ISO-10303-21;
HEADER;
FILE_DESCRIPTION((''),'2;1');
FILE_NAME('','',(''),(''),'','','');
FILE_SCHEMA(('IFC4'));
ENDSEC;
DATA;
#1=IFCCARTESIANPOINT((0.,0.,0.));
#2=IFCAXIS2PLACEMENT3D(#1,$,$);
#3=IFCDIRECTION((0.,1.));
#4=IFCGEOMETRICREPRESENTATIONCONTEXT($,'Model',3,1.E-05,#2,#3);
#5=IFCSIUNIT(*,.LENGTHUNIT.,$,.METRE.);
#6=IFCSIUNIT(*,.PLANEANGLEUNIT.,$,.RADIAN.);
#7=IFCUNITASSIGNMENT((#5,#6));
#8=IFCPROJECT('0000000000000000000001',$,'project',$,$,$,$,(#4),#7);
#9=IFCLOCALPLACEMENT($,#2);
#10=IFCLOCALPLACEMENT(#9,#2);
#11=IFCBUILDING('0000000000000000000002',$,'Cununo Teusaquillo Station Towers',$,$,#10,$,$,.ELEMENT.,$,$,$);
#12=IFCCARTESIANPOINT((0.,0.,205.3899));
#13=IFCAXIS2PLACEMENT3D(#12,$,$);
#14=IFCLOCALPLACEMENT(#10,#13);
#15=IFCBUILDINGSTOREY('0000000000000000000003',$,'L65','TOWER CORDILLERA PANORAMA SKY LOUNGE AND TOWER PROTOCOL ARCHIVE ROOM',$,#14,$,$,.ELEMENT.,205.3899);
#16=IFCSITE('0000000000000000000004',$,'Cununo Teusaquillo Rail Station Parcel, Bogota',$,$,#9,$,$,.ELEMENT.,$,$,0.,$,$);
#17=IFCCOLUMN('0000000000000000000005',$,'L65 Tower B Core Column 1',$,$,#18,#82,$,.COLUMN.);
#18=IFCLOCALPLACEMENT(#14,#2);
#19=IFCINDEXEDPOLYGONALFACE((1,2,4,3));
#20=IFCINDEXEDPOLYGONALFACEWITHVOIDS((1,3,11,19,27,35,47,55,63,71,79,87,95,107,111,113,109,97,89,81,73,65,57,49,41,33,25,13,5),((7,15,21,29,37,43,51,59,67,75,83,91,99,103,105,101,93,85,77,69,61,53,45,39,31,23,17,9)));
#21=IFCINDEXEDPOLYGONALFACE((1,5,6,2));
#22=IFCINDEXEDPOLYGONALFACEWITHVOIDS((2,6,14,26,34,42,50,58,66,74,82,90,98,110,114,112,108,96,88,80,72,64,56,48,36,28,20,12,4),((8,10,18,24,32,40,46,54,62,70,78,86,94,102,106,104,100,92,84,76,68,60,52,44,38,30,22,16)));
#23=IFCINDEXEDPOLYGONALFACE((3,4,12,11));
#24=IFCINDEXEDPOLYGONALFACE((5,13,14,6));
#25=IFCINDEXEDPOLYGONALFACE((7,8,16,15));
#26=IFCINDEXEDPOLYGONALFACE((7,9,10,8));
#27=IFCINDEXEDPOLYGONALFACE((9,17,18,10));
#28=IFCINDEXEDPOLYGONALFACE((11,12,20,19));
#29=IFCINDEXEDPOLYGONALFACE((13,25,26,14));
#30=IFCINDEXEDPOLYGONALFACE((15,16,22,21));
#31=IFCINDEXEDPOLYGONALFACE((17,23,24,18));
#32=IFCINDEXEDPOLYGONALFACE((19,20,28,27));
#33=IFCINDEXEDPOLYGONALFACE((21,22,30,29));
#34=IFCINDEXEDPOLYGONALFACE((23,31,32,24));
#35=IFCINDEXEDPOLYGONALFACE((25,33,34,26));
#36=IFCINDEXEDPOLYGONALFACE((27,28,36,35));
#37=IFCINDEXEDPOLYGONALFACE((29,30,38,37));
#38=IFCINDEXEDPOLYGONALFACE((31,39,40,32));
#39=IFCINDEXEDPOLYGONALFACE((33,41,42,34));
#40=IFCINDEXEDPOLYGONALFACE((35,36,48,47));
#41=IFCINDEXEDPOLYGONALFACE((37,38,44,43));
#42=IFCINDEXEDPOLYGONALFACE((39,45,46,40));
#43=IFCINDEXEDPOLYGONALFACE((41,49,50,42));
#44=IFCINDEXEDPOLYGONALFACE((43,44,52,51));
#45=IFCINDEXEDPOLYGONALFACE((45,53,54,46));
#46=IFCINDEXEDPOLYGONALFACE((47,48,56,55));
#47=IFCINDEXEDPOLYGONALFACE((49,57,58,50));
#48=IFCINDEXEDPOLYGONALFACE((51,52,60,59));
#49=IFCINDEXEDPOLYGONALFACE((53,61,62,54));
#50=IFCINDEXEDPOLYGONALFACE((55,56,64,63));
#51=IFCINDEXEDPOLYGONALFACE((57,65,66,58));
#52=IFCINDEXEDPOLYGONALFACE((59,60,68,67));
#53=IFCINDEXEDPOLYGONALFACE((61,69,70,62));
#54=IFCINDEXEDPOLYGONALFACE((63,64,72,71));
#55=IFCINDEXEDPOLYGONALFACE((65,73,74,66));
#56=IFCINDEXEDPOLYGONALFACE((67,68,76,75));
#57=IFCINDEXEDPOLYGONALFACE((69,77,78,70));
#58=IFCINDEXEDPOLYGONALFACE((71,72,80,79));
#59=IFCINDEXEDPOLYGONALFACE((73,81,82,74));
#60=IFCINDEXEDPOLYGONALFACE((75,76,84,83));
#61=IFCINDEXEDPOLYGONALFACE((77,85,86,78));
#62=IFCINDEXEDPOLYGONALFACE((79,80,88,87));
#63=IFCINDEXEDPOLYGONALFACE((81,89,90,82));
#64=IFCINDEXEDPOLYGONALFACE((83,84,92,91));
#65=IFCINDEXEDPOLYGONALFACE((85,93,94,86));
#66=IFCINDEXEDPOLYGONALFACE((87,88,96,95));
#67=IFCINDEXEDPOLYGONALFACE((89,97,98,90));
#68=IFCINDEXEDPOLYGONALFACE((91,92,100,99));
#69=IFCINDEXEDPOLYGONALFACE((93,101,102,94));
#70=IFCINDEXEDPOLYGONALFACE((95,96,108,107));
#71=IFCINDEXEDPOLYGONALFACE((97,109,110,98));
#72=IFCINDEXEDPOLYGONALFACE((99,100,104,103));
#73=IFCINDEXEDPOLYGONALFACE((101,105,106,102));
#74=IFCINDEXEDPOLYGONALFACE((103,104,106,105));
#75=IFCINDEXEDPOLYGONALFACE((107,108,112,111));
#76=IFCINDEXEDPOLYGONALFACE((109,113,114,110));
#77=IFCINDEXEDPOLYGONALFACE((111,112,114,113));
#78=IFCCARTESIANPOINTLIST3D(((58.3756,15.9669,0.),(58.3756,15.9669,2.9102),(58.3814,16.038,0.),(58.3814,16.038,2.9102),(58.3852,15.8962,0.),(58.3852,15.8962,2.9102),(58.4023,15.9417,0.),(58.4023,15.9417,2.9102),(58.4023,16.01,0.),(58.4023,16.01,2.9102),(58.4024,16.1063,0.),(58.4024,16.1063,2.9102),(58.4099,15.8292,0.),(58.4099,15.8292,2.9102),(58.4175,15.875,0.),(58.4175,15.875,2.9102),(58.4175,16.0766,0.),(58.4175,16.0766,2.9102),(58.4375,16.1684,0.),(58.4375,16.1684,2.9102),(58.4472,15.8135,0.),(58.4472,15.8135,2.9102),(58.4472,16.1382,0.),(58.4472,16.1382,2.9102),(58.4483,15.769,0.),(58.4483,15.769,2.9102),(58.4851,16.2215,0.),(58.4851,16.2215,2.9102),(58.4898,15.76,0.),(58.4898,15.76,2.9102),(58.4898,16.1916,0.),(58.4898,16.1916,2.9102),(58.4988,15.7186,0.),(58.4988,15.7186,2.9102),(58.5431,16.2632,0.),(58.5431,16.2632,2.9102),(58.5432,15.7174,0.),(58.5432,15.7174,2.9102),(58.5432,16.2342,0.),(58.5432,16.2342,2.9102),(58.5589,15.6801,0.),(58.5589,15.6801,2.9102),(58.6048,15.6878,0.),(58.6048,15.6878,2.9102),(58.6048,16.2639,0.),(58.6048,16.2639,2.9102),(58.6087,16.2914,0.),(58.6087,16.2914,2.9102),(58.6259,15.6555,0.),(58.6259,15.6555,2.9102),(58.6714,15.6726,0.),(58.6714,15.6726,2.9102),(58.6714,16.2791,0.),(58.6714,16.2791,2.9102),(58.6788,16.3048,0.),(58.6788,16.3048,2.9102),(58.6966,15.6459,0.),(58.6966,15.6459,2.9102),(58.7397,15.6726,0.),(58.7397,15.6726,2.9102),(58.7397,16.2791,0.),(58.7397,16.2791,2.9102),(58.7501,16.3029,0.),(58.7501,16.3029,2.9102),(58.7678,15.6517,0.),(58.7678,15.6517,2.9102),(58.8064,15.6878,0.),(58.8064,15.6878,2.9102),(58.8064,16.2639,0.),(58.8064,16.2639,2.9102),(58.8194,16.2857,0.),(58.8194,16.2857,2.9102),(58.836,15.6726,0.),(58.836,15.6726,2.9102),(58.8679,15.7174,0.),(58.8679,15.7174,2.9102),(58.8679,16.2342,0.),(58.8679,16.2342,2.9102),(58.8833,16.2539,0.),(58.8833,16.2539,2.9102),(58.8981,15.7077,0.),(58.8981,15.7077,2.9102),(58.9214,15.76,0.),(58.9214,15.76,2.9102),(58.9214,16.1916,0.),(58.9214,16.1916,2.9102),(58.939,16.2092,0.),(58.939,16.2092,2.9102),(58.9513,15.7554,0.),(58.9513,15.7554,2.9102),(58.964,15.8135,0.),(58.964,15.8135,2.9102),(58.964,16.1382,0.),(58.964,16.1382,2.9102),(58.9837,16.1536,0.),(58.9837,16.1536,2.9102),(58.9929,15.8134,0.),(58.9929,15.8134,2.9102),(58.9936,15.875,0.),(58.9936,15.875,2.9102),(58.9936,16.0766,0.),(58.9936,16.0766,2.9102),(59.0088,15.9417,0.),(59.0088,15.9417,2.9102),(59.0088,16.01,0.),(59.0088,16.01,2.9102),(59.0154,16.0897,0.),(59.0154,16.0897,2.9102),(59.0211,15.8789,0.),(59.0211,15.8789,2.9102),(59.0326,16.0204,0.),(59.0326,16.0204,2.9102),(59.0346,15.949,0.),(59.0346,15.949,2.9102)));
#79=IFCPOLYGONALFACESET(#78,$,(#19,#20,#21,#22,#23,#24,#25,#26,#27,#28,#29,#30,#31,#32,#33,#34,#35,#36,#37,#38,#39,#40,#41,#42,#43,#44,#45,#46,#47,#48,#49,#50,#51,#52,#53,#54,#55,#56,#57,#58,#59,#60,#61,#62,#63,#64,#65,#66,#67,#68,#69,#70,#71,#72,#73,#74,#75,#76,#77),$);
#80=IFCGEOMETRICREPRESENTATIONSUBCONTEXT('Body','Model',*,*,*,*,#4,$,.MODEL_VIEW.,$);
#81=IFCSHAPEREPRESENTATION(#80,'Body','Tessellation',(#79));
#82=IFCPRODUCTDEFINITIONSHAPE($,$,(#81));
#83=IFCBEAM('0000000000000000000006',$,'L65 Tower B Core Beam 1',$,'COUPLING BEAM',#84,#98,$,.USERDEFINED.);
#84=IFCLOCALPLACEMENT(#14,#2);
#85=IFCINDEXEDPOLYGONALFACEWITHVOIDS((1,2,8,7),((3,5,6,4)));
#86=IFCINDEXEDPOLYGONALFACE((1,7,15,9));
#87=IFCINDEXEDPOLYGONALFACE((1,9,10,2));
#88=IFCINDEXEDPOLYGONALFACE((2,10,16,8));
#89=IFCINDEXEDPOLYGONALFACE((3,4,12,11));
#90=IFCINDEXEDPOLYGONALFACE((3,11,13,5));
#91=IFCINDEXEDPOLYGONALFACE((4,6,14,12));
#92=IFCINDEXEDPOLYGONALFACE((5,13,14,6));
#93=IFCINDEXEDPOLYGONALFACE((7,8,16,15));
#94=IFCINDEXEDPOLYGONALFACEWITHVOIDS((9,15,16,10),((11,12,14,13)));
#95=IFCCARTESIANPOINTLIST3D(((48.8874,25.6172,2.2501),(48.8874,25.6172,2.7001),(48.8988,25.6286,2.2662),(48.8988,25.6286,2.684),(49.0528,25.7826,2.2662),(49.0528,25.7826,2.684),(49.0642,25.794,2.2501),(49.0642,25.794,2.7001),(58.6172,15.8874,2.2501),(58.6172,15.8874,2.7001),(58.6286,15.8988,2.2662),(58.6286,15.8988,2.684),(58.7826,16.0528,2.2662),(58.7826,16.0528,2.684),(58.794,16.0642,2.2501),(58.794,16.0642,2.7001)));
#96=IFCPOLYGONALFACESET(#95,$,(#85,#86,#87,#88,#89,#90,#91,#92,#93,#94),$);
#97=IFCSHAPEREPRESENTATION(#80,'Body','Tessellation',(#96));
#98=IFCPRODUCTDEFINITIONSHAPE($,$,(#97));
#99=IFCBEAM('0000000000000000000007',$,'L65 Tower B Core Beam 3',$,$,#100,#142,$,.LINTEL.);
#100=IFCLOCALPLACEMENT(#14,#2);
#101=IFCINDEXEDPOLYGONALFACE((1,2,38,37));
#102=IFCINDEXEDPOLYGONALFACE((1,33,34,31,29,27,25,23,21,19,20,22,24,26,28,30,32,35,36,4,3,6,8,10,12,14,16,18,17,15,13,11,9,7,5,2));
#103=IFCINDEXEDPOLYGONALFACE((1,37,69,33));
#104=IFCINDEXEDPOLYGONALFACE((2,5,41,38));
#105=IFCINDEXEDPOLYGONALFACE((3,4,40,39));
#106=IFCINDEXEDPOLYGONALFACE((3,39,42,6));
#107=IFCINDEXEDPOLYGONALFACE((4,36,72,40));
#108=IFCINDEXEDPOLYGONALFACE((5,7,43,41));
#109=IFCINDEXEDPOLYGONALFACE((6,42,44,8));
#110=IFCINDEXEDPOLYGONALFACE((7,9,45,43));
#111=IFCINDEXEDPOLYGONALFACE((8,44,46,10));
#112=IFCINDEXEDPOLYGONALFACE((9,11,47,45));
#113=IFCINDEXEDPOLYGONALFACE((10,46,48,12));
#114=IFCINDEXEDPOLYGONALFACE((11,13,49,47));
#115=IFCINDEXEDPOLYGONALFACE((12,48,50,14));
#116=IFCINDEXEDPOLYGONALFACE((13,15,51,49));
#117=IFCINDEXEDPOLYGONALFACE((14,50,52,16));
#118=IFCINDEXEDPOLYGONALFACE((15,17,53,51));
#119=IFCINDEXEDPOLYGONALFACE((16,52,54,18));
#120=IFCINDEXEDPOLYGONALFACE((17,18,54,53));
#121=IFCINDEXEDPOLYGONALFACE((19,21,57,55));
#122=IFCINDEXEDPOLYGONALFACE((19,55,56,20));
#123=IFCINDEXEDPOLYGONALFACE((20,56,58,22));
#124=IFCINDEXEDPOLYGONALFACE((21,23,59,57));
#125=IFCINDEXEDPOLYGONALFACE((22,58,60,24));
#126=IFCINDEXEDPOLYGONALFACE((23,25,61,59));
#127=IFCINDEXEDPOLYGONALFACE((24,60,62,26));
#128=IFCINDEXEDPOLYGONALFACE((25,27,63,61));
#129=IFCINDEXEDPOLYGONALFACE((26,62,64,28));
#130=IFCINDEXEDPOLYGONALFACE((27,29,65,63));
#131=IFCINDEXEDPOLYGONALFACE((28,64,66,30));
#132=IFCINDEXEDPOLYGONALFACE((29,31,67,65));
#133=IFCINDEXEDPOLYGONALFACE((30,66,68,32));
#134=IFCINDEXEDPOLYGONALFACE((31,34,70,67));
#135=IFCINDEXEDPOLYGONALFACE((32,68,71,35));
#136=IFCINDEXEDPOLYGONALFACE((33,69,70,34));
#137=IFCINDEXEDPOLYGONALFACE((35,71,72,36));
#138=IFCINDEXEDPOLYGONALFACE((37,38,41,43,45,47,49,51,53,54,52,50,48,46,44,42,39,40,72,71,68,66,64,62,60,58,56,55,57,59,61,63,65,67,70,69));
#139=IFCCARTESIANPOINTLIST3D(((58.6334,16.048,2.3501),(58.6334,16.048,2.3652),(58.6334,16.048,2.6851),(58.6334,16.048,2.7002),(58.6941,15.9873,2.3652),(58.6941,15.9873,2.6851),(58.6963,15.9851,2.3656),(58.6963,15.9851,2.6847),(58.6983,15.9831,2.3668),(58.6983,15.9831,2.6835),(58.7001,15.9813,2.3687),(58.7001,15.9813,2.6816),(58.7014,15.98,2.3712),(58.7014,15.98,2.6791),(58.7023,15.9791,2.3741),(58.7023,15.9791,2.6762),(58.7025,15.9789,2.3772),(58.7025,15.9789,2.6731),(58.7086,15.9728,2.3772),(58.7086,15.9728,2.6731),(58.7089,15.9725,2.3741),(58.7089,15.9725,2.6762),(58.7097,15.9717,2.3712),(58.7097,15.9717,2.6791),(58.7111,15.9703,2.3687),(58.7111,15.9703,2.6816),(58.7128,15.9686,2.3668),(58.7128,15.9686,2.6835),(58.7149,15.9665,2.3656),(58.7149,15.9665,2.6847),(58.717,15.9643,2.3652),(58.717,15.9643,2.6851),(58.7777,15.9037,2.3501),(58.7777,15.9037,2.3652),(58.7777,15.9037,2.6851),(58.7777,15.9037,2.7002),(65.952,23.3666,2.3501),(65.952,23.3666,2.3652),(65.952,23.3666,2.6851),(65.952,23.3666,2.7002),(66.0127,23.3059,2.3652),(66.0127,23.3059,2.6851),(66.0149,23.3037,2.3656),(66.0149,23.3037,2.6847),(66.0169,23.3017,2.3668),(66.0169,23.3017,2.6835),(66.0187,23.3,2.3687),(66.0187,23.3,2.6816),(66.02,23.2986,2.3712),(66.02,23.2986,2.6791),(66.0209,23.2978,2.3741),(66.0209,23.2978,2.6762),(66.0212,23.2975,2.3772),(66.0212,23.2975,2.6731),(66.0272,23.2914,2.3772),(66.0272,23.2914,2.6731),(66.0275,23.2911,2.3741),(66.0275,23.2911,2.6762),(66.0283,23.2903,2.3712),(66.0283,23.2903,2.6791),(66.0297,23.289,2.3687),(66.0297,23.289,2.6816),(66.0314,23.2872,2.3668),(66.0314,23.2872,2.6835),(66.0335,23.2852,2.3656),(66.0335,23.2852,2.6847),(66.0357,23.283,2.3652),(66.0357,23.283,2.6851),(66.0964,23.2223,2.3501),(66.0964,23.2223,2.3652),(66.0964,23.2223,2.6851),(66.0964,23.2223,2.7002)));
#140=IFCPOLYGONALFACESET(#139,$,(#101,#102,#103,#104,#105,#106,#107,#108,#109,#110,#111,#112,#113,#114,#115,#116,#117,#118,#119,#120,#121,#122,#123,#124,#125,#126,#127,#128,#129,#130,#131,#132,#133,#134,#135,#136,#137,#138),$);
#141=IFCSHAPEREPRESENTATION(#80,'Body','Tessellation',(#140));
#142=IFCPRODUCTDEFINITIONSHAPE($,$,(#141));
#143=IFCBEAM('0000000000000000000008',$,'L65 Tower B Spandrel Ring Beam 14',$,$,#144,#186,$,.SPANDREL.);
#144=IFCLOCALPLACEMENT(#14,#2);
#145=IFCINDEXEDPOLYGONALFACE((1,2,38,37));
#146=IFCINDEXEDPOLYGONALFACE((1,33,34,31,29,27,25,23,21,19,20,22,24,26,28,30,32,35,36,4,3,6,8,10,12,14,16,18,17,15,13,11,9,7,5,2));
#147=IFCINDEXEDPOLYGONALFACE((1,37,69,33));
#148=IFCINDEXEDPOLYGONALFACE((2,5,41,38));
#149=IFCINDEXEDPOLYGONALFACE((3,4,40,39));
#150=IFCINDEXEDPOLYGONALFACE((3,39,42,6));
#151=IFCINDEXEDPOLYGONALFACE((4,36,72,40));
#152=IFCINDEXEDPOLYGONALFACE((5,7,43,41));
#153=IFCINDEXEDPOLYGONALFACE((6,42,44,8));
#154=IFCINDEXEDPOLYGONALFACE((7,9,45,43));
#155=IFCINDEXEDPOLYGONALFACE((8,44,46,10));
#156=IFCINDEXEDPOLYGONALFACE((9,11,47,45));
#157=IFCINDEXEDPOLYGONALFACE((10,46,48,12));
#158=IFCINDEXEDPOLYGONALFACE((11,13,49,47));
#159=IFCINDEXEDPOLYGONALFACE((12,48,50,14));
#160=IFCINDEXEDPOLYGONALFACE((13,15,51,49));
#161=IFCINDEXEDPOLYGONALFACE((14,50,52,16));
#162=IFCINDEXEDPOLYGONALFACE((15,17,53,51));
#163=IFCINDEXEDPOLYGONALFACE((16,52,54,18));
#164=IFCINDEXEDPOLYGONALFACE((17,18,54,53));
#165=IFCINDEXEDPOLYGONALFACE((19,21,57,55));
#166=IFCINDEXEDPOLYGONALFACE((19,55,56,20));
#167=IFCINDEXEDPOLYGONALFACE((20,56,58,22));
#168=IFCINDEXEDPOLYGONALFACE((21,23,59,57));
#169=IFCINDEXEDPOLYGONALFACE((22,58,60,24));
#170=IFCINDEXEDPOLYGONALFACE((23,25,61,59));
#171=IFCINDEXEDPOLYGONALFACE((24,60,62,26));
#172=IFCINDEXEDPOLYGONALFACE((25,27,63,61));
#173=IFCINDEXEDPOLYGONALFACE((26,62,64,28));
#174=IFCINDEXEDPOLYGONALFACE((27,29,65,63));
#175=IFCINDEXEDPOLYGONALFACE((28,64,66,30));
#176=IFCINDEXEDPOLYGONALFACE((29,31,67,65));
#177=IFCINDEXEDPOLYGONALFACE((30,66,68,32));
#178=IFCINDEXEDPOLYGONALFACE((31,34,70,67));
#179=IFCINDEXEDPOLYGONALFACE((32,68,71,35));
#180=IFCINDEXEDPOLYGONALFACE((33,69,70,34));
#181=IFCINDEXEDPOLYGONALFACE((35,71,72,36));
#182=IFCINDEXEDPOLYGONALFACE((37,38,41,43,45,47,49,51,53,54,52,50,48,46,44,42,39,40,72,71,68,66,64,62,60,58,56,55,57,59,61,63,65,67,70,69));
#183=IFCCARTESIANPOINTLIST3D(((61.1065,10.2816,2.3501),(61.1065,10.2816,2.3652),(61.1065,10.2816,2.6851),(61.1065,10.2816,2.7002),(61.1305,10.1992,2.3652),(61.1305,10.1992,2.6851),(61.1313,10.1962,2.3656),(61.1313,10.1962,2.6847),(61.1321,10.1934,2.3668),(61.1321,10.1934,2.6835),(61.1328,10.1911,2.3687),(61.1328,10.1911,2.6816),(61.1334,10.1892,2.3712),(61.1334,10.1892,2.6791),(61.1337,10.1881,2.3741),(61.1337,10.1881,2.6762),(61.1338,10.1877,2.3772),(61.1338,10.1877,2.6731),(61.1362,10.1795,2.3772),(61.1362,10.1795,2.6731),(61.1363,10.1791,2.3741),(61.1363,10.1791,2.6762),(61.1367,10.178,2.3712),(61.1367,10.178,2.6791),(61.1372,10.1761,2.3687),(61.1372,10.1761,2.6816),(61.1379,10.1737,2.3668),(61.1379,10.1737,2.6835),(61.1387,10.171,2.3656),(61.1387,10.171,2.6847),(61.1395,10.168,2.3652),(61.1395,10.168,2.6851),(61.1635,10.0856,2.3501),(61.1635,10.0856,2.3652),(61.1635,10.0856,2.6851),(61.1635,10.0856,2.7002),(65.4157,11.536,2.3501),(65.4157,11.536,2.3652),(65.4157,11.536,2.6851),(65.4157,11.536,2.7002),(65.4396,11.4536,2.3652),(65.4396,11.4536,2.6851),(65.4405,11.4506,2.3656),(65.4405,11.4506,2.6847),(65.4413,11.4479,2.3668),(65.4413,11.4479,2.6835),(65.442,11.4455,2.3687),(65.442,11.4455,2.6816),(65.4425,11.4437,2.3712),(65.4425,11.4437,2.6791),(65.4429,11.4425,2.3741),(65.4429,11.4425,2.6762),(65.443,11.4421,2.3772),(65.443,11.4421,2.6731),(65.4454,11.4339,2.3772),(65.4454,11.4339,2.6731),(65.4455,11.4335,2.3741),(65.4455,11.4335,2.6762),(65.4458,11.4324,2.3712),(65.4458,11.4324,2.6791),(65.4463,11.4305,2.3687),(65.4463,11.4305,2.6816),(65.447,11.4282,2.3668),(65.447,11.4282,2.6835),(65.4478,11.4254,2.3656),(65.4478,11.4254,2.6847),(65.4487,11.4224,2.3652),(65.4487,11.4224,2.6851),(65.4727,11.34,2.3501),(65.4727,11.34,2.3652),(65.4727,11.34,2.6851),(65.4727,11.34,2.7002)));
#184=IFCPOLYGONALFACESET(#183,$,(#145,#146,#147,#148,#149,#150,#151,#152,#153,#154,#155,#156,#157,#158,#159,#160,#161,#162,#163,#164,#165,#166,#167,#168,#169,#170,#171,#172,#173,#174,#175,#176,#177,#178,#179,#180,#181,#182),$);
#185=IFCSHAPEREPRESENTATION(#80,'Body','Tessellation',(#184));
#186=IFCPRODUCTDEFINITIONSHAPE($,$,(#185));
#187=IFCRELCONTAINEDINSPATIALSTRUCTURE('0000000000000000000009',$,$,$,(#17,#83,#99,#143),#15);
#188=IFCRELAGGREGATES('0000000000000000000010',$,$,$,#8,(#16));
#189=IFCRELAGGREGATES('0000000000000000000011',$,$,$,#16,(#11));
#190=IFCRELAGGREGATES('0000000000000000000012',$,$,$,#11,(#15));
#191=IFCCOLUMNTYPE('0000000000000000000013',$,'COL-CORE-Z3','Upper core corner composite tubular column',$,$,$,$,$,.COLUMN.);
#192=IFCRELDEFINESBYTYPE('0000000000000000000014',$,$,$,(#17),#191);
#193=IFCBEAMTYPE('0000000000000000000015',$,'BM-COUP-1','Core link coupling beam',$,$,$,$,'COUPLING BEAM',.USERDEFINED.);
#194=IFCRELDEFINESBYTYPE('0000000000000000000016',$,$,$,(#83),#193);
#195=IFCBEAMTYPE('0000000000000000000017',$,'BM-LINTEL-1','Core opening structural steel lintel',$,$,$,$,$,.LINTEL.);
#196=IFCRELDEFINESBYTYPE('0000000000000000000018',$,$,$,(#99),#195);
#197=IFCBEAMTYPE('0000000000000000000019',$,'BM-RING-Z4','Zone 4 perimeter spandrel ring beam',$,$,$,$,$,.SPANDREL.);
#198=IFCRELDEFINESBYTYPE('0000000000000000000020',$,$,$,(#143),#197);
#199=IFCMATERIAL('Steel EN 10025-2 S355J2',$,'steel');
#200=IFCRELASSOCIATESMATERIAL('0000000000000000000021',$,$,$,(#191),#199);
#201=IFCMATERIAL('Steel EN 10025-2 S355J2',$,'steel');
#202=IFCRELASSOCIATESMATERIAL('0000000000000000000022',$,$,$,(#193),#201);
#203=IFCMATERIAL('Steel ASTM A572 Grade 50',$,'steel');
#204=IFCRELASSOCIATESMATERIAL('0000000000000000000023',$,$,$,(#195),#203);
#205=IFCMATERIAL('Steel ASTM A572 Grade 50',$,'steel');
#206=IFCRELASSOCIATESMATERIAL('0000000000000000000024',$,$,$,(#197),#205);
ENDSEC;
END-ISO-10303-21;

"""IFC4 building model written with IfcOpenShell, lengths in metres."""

from ifc_helpers import new_model, si_unit, direction, frame, origin, origin_2d, place, context, subcontext, project, spatial, hollow_rectangle, hollow_circle, i_section, extrude, material, material_profile, profile_set, type_object, element, save


model = new_model("IFC4")

# Units and contexts
model_context = context("Model", 3, precision=1e-05, world=origin(), true_north=direction((0.0, 1.0)))
body_context = subcontext(model_context, "Body", "Model", "MODEL_VIEW")
ifc_project = project(units=[si_unit("LENGTHUNIT", "METRE"), si_unit("PLANEANGLEUNIT", "RADIAN")], contexts=[model_context])

# Site, building, storey
site_placement = place(None, origin())
site = spatial("IfcSite", under=ifc_project, at=site_placement, Name="Cununo Teusaquillo Rail Station Parcel, Bogota", CompositionType="ELEMENT", RefElevation=0.0)
building_placement = place(site_placement, origin())
building = spatial("IfcBuilding", under=site, at=building_placement, Name="Cununo Teusaquillo Station Towers", CompositionType="ELEMENT")
storey_placement = place(building_placement, frame((0.0, 0.0, 205.3899)))
storey = spatial("IfcBuildingStorey", under=building, at=storey_placement, Name="L65", Description="TOWER CORDILLERA PANORAMA SKY LOUNGE AND TOWER PROTOCOL ARCHIVE ROOM", CompositionType="ELEMENT", Elevation=205.3899)

# Column
ifc_material_1 = material(Name="Steel EN 10025-2 S355J2", Category="steel")
ifc_material_profile_1 = material_profile(ifc_material_1, hollow_circle(Radius=0.3301, WallThickness=0.0249, at=origin_2d()), Name="CHS 660x25")
ifc_profile_set_1 = profile_set([ifc_material_profile_1], Name="Steel EN 10025-2 S355J2")
column_type = type_object("IfcColumnType", Name="COL-CORE-Z3", Description="Upper core corner composite tubular column", PredefinedType="COLUMN", material=ifc_profile_set_1)
column_placement = place(storey_placement, frame((58.7056, 15.9758, 0.0), z_axis=(0.0, 0.0, 1.0), x_axis=(0.707107, 0.707107, 0.0)))
element("IfcColumn", 1, at=column_placement, inside=storey, type_object=column_type, Name="L65 Tower B Core Column 1", PredefinedType="COLUMN", context=body_context, shape_type="SweptSolid", body=[
    extrude(hollow_circle(Radius=0.3301, WallThickness=0.0249, at=origin_2d()), origin(), (0.0, 0.0, 1.0), 2.9102),
])

# Beams
ifc_material_2 = material(Name="Steel EN 10025-2 S355J2", Category="steel")
ifc_material_profile_2 = material_profile(ifc_material_2, hollow_rectangle(XDim=0.25, YDim=0.45, WallThickness=0.0161, at=origin_2d()), Name="RHS 450x250x16")
ifc_profile_set_2 = profile_set([ifc_material_profile_2], Name="Steel EN 10025-2 S355J2")
beam_type_1 = type_object("IfcBeamType", Name="BM-COUP-1", Description="Core link coupling beam", ElementType="COUPLING BEAM", PredefinedType="USERDEFINED", material=ifc_profile_set_2)
beam_1_placement = place(storey_placement, frame((58.7056, 15.9758, 2.4751), z_axis=(-0.707107, 0.707107, 0.0), x_axis=(-0.707107, -0.707107, 0.0)))
element("IfcBeam", 2, at=beam_1_placement, inside=storey, type_object=beam_type_1, Name="L65 Tower B Core Beam 1", ObjectType="COUPLING BEAM", PredefinedType="USERDEFINED", context=body_context, shape_type="SweptSolid", body=[
    extrude(hollow_rectangle(XDim=0.25, YDim=0.45, WallThickness=0.0161, at=origin_2d()), origin(), (0.0, 0.0, 1.0), 13.76),
])
ifc_material_3 = material(Name="Steel ASTM A572 Grade 50", Category="steel")
ifc_material_profile_3 = material_profile(ifc_material_3, i_section(OverallWidth=0.2041, OverallDepth=0.3501, WebThickness=0.0085, FlangeThickness=0.0151, FilletRadius=0.012, at=origin_2d()), Name="W14X48")
ifc_profile_set_3 = profile_set([ifc_material_profile_3], Name="Steel ASTM A572 Grade 50")
beam_type_2 = type_object("IfcBeamType", Name="BM-LINTEL-1", Description="Core opening structural steel lintel", PredefinedType="LINTEL", material=ifc_profile_set_3)
beam_2_placement = place(storey_placement, frame((58.7056, 15.9758, 2.5251), z_axis=(0.707107, 0.707107, 0.0), x_axis=(-0.707107, 0.707107, 0.0)))
element("IfcBeam", 3, at=beam_2_placement, inside=storey, type_object=beam_type_2, Name="L65 Tower B Core Beam 3", PredefinedType="LINTEL", context=body_context, shape_type="SweptSolid", body=[
    extrude(i_section(OverallWidth=0.2041, OverallDepth=0.3501, WebThickness=0.0085, FlangeThickness=0.0151, FilletRadius=0.012, at=origin_2d()), origin(), (0.0, 0.0, 1.0), 10.3501),
])
ifc_material_4 = material(Name="Steel ASTM A572 Grade 50", Category="steel")
ifc_material_profile_4 = material_profile(ifc_material_4, i_section(OverallWidth=0.2041, OverallDepth=0.3501, WebThickness=0.0085, FlangeThickness=0.0151, FilletRadius=0.012, at=origin_2d()), Name="W14X48")
ifc_profile_set_4 = profile_set([ifc_material_profile_4], Name="Steel ASTM A572 Grade 50")
beam_type_3 = type_object("IfcBeamType", Name="BM-RING-Z4", Description="Zone 4 perimeter spandrel ring beam", PredefinedType="SPANDREL", material=ifc_profile_set_4)
beam_3_placement = place(storey_placement, frame((61.135, 10.1836, 2.5251), z_axis=(0.960145, 0.279503, 0.0), x_axis=(-0.279503, 0.960145, 0.0)))
element("IfcBeam", 4, at=beam_3_placement, inside=storey, type_object=beam_type_3, Name="L65 Tower B Spandrel Ring Beam 14", PredefinedType="SPANDREL", context=body_context, shape_type="SweptSolid", body=[
    extrude(i_section(OverallWidth=0.2041, OverallDepth=0.3501, WebThickness=0.0085, FlangeThickness=0.0151, FilletRadius=0.012, at=origin_2d()), origin(), (0.0, 0.0, 1.0), 4.488),
])

save(model, "model.ifc")
